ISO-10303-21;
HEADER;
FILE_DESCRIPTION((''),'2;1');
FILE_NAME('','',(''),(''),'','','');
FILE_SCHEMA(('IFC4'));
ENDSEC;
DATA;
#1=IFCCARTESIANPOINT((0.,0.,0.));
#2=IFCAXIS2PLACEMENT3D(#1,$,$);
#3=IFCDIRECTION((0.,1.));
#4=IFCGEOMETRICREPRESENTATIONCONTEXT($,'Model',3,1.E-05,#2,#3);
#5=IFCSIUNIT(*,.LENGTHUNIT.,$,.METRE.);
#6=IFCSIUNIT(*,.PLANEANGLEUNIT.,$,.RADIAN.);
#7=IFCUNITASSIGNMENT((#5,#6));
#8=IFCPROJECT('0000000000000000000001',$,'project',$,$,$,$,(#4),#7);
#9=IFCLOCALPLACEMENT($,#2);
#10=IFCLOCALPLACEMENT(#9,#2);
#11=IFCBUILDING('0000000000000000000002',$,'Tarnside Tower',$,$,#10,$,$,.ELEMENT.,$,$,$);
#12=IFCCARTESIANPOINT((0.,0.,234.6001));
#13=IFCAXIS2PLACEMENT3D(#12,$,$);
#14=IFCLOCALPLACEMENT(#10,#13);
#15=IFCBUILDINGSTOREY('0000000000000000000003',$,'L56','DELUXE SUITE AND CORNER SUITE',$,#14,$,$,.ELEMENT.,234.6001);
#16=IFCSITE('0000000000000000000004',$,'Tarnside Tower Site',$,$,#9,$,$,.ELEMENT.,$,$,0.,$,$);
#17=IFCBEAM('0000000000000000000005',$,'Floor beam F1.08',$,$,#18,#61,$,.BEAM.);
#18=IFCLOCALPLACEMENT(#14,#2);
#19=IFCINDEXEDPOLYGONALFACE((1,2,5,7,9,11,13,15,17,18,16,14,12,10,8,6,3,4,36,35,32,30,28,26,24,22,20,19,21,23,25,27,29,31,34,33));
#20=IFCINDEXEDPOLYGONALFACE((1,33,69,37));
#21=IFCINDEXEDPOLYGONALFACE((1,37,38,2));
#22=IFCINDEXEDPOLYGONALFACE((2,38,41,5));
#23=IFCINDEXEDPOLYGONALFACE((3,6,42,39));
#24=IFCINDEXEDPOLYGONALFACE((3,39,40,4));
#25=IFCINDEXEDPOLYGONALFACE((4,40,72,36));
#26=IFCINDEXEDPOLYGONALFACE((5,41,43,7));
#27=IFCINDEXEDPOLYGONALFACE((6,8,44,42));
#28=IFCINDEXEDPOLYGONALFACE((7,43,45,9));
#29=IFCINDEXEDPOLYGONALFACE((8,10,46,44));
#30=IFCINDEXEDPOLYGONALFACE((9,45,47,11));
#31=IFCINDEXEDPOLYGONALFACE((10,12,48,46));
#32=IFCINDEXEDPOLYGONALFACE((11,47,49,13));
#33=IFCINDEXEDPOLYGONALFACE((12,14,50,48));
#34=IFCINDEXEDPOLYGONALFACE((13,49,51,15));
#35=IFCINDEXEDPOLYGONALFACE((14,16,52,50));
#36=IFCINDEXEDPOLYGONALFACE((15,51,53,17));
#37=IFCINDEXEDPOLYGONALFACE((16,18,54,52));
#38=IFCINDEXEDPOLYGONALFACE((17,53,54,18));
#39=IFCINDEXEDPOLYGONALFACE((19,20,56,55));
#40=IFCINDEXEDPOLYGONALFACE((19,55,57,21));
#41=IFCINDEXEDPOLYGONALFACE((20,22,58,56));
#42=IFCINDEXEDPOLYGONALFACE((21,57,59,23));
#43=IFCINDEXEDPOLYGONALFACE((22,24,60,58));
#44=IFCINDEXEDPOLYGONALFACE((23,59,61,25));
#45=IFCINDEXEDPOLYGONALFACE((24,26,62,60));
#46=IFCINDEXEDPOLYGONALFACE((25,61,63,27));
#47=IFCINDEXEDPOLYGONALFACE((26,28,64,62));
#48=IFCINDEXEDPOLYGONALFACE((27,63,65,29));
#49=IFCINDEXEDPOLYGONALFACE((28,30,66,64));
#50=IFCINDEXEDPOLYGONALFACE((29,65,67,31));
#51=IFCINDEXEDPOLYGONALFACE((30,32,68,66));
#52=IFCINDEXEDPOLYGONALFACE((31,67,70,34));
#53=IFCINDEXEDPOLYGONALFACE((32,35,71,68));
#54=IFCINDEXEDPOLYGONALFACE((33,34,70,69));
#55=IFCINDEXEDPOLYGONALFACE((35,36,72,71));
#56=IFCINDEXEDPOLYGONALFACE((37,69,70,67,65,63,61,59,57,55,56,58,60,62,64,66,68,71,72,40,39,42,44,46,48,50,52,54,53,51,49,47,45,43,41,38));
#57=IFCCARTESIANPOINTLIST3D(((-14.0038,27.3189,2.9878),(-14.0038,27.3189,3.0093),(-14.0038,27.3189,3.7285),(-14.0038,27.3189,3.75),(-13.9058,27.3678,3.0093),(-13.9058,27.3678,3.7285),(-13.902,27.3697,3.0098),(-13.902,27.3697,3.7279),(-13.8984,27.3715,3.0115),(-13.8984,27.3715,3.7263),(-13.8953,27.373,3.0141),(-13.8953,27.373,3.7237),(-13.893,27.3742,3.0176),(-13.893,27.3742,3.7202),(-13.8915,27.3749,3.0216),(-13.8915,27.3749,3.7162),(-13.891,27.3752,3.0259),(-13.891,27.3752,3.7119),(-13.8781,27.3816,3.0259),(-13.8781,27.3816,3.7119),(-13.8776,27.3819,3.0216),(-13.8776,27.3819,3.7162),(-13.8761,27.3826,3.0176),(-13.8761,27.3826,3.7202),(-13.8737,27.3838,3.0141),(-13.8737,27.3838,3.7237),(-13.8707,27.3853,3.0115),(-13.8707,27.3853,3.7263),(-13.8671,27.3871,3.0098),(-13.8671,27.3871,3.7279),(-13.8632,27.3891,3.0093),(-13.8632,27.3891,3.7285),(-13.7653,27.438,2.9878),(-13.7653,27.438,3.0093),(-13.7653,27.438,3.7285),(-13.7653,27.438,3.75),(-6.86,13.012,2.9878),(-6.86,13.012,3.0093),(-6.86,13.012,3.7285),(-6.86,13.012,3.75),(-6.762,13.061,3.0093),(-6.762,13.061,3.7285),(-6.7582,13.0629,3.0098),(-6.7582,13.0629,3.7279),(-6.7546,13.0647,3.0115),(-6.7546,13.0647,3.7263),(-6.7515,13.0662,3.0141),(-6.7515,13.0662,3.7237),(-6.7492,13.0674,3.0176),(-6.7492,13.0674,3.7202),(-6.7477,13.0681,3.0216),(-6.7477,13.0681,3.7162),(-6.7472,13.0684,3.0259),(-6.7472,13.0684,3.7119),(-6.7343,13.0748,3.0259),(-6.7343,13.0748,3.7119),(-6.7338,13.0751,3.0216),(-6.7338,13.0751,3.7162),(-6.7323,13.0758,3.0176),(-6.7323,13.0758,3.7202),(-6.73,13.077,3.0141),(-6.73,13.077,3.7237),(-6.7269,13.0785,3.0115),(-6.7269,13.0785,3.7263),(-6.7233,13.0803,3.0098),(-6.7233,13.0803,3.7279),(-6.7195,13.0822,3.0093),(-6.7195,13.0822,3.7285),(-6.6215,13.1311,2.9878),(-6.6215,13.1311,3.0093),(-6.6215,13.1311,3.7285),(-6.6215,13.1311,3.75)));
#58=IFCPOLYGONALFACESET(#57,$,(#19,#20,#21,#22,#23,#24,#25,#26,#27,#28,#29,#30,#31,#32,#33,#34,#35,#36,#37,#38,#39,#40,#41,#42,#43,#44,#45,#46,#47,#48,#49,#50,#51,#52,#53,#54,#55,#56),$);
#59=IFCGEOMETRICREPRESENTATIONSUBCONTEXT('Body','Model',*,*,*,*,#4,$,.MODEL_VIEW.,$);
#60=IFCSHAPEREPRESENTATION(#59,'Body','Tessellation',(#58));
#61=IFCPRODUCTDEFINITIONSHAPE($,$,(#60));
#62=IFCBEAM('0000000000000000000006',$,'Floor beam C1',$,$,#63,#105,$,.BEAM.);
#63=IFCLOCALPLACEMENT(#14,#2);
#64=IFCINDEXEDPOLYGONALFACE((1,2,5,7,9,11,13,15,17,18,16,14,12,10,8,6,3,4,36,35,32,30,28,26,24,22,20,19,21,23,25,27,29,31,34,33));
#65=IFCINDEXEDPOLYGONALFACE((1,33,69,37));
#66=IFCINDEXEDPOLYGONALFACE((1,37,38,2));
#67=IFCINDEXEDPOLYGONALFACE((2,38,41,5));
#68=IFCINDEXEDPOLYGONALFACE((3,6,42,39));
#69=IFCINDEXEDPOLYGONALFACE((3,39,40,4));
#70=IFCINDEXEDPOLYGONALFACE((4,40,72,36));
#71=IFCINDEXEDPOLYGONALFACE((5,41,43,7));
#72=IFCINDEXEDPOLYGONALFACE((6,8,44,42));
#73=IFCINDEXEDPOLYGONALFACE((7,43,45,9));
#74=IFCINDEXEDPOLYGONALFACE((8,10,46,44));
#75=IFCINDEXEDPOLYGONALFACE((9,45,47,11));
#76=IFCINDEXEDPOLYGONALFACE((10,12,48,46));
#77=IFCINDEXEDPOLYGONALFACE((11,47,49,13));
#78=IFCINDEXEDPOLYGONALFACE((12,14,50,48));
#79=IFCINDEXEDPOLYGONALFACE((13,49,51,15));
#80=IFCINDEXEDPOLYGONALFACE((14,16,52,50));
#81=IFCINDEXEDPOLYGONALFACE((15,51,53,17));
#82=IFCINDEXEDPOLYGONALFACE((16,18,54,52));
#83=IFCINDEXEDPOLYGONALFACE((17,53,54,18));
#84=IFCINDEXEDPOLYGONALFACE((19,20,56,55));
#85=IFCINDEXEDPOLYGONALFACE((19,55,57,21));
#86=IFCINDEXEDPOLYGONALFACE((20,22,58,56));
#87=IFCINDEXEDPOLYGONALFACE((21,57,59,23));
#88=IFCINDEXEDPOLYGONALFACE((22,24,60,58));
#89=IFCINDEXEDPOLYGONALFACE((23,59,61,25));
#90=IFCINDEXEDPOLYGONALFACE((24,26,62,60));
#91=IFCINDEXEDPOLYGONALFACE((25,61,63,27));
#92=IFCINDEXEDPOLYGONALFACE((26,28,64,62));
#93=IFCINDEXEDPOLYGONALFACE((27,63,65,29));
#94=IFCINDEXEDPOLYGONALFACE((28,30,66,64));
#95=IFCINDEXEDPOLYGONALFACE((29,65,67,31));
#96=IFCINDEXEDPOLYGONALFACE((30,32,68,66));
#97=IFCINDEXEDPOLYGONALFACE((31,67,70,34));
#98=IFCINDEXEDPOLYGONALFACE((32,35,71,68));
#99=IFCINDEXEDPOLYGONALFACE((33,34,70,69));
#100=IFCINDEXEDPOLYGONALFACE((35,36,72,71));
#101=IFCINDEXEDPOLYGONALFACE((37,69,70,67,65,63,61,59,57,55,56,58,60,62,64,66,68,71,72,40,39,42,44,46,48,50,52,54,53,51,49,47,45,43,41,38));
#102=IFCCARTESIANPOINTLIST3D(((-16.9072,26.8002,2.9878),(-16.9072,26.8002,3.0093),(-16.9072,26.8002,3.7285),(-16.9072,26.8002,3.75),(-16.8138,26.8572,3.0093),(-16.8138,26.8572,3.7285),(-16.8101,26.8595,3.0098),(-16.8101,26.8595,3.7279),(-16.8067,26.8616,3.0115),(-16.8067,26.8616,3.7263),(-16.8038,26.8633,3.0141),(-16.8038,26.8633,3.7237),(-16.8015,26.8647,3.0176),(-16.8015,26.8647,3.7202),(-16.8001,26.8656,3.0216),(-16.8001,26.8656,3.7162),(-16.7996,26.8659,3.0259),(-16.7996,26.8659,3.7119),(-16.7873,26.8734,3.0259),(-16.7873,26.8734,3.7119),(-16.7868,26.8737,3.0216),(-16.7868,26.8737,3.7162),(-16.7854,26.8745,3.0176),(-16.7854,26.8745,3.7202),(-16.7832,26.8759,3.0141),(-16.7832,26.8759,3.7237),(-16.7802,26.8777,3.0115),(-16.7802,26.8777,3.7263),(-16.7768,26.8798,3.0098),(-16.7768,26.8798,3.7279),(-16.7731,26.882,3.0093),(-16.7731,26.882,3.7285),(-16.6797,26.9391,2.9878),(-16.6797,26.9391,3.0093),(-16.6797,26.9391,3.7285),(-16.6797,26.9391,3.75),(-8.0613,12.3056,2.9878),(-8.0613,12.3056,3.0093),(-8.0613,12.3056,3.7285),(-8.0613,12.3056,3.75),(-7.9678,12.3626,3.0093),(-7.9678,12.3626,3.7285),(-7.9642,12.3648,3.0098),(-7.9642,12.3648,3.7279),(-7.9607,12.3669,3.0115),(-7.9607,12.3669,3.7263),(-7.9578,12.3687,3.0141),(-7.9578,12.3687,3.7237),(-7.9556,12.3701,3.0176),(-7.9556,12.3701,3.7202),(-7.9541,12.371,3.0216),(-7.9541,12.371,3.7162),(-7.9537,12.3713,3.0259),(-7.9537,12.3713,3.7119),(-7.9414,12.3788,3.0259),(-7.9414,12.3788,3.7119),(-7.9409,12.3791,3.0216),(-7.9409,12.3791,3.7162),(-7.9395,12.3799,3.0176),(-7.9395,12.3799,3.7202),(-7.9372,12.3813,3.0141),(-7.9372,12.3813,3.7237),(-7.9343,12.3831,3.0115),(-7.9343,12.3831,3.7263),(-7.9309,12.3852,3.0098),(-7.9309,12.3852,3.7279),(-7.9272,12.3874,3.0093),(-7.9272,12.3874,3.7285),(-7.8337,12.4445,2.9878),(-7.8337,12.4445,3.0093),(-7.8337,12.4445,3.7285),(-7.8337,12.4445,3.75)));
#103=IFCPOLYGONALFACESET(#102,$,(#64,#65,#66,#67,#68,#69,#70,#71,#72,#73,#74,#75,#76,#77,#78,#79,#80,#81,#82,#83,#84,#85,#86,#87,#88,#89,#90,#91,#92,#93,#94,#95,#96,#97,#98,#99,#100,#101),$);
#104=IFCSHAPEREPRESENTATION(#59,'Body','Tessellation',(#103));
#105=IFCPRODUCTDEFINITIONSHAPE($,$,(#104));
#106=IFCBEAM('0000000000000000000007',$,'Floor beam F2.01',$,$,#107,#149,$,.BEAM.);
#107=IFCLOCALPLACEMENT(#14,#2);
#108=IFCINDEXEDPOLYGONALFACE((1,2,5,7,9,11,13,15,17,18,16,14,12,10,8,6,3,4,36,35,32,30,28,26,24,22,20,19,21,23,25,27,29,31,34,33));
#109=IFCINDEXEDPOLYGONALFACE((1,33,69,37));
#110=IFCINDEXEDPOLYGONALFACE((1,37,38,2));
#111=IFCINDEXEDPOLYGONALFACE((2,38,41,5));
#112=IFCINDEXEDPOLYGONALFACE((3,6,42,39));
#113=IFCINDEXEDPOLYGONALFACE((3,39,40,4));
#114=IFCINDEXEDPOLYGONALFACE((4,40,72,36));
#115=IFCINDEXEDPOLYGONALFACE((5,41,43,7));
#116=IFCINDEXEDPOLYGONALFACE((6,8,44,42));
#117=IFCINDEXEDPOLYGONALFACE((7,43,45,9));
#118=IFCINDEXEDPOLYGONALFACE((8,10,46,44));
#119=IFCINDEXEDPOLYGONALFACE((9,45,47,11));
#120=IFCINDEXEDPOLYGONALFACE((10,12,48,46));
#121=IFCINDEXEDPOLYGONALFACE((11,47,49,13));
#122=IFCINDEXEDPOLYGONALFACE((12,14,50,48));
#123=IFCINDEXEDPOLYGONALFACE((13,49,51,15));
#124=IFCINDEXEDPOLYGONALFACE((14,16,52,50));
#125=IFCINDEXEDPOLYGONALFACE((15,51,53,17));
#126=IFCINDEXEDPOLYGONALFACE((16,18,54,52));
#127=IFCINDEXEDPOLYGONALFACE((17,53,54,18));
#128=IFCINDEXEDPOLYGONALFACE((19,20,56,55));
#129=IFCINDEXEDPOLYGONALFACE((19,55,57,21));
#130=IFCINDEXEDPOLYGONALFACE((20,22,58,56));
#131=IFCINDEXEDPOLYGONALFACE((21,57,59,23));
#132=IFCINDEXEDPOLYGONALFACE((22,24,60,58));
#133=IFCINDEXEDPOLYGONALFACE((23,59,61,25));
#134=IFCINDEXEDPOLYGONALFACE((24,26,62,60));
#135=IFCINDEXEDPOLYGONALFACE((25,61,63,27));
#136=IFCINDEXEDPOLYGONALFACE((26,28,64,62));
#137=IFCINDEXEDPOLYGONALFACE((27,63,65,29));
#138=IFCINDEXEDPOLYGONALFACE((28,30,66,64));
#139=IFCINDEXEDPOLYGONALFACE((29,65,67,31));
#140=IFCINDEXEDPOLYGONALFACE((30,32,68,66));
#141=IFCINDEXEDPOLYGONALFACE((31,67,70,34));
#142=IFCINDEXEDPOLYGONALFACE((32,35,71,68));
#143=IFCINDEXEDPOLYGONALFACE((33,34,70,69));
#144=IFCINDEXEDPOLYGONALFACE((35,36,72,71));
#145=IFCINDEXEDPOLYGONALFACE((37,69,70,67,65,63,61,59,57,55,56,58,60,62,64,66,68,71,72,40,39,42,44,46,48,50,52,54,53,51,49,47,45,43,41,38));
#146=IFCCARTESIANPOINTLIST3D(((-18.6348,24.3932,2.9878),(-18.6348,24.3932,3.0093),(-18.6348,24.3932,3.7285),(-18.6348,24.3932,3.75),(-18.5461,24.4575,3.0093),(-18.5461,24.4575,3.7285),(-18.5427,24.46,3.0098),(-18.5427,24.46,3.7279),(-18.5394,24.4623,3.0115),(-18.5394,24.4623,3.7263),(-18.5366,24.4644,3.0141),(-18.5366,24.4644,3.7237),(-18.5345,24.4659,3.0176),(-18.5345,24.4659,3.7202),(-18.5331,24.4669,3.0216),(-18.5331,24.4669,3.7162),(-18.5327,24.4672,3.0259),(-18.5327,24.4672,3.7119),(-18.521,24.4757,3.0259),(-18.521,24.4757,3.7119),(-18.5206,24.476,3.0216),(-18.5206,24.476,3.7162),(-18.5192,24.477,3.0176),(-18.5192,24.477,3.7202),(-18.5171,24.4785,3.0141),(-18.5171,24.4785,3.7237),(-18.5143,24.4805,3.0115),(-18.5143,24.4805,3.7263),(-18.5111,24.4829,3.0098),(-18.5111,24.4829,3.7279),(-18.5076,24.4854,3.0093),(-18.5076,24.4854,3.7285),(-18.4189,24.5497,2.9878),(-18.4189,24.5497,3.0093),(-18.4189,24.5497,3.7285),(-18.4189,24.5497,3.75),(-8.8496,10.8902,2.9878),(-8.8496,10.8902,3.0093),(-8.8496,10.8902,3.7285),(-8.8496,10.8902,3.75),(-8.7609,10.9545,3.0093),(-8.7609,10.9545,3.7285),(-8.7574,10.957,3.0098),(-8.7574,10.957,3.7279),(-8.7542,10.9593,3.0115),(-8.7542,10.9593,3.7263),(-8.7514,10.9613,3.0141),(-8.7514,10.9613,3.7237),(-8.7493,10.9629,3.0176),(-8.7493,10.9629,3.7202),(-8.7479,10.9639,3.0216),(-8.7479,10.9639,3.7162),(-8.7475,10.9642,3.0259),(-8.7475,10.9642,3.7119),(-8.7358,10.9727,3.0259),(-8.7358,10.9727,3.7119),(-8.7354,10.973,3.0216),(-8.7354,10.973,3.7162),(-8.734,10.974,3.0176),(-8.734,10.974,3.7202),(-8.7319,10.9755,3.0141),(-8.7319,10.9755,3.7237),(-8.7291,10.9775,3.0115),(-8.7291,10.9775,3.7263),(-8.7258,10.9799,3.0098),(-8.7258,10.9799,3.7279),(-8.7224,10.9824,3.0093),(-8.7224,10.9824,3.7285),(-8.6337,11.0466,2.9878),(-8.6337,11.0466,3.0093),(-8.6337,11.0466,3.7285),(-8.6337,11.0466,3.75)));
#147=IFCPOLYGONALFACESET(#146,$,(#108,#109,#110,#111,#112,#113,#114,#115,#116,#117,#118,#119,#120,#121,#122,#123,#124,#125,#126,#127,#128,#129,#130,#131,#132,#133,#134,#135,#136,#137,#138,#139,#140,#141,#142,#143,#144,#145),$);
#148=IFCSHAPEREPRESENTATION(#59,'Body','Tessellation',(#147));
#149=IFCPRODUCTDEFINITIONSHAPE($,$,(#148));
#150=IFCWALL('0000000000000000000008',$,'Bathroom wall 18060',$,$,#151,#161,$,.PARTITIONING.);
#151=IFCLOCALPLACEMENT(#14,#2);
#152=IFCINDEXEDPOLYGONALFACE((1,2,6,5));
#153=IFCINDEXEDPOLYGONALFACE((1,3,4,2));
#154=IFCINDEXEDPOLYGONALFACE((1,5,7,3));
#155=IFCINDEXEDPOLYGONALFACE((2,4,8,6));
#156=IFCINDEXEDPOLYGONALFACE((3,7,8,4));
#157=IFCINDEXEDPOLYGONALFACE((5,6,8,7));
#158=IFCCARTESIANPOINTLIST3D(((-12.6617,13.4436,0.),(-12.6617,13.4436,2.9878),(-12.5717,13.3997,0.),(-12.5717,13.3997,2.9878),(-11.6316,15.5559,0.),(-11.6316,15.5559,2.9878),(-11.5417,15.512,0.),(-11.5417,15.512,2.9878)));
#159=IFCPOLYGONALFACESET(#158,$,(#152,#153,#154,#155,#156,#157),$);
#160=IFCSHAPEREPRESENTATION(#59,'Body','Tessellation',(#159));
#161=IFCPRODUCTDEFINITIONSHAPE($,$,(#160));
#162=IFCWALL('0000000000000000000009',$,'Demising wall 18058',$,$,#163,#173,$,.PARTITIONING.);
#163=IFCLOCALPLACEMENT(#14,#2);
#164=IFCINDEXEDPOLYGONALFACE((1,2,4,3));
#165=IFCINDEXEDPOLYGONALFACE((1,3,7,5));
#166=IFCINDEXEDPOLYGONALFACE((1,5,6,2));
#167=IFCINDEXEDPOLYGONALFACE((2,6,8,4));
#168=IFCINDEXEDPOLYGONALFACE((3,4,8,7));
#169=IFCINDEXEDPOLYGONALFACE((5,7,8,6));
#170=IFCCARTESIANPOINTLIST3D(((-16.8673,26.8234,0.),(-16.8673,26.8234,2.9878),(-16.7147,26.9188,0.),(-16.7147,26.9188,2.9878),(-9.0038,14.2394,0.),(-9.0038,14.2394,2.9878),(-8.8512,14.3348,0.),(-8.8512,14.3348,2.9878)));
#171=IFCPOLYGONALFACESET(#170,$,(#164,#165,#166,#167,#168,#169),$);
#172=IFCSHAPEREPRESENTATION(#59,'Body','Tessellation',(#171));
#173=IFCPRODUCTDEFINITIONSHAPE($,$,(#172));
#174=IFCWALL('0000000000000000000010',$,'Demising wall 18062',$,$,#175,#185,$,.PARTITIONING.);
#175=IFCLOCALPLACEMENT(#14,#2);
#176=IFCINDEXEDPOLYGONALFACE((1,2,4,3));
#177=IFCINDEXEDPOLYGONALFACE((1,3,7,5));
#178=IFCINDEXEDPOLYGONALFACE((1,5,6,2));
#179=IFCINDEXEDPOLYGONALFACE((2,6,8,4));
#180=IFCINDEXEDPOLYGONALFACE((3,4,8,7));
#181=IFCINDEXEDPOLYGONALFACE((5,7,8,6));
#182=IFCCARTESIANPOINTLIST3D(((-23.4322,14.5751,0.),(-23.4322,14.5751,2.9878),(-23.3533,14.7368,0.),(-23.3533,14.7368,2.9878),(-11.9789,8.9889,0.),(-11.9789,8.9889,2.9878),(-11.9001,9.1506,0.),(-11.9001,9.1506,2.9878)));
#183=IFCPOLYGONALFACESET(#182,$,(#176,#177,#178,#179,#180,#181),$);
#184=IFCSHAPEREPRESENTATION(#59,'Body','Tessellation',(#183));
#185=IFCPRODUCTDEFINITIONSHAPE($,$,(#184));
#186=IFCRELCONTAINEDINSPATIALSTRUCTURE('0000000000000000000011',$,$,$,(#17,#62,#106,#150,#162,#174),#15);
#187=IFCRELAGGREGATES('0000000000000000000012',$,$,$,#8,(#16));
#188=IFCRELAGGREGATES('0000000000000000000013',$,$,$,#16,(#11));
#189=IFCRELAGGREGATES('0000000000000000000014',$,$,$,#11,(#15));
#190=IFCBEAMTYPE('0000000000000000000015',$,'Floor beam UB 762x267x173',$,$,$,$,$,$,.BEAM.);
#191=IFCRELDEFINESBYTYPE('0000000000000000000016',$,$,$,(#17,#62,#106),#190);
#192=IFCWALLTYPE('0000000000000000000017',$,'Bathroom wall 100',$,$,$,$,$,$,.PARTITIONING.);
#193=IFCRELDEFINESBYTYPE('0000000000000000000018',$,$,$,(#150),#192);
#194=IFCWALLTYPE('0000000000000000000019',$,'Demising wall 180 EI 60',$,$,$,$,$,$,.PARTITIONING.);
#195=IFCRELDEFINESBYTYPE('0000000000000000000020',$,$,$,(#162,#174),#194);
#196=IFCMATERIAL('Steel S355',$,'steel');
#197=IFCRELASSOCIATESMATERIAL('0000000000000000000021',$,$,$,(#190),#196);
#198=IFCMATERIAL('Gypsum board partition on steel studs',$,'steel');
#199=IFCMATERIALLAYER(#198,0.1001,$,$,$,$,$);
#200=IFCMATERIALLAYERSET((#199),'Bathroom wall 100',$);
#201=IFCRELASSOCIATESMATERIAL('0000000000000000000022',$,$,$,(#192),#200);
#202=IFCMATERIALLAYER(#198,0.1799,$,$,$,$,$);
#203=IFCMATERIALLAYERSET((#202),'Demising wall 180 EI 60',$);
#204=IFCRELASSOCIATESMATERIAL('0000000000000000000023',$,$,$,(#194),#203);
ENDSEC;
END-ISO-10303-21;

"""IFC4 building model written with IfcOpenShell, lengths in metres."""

from ifc_helpers import new_model, si_unit, direction, frame, frame_2d, origin, origin_2d, place, context, subcontext, project, spatial, rectangle, i_section, extrude, material, layer, layer_set, material_profile, profile_set, type_object, element, save


model = new_model("IFC4")

# Units and contexts
model_context = context("Model", 3, precision=1e-05, world=origin(), true_north=direction((0.0, 1.0)))
body_context = subcontext(model_context, "Body", "Model", "MODEL_VIEW")
ifc_project = project(units=[si_unit("LENGTHUNIT", "METRE"), si_unit("PLANEANGLEUNIT", "RADIAN")], contexts=[model_context])

# Site, building, storey
site_placement = place(None, origin())
site = spatial("IfcSite", under=ifc_project, at=site_placement, Name="Tarnside Tower Site", CompositionType="ELEMENT", RefElevation=0.0)
building_placement = place(site_placement, origin())
building = spatial("IfcBuilding", under=site, at=building_placement, Name="Tarnside Tower", CompositionType="ELEMENT")
storey_placement = place(building_placement, frame((0.0, 0.0, 234.6001)))
storey = spatial("IfcBuildingStorey", under=building, at=storey_placement, Name="L56", Description="DELUXE SUITE AND CORNER SUITE", CompositionType="ELEMENT", Elevation=234.6001)

# Beams
ifc_material_1 = material(Name="Steel S355", Category="steel")
ifc_material_profile_1 = material_profile(ifc_material_1, i_section(OverallWidth=0.2666, OverallDepth=0.7622, WebThickness=0.0144, FlangeThickness=0.0215, FilletRadius=0.0166, at=origin_2d()), Name="UB 762x267x173")
ifc_profile_set_1 = profile_set([ifc_material_profile_1], Name="Steel S355")
beam_type_1 = type_object("IfcBeamType", Name="Floor beam UB 762x267x173", PredefinedType="BEAM", material=ifc_profile_set_1)
beam_1_placement = place(storey_placement, frame((-13.8845, 27.3784, 3.3689), z_axis=(0.446731, -0.894668, 0.0), x_axis=(0.894668, 0.446731, 0.0)))
element("IfcBeam", 1, at=beam_1_placement, inside=storey, type_object=beam_type_1, Name="Floor beam F1.08", PredefinedType="BEAM", context=body_context, shape_type="SweptSolid", body=[
    extrude(i_section(OverallWidth=0.2666, OverallDepth=0.7622, WebThickness=0.0144, FlangeThickness=0.0215, FilletRadius=0.0166, at=origin_2d()), origin(), (0.0, 0.0, 1.0), 15.9912),
])
beam_2_placement = place(storey_placement, frame((-16.7935, 26.8696, 3.3689), z_axis=(0.52094, -0.853593, 0.0), x_axis=(0.853593, 0.52094, 0.0)))
element("IfcBeam", 2, at=beam_2_placement, inside=storey, type_object=beam_type_1, Name="Floor beam C1", PredefinedType="BEAM", context=body_context, shape_type="SweptSolid", body=[
    extrude(i_section(OverallWidth=0.2666, OverallDepth=0.7622, WebThickness=0.0144, FlangeThickness=0.0215, FilletRadius=0.0166, at=origin_2d()), origin(), (0.0, 0.0, 1.0), 16.9807),
])
beam_3_placement = place(storey_placement, frame((-18.5269, 24.4714, 3.3689), z_axis=(0.586792, -0.809738, 0.0), x_axis=(0.809738, 0.586792, 0.0)))
element("IfcBeam", 3, at=beam_3_placement, inside=storey, type_object=beam_type_1, Name="Floor beam F2.01", PredefinedType="BEAM", context=body_context, shape_type="SweptSolid", body=[
    extrude(i_section(OverallWidth=0.2666, OverallDepth=0.7622, WebThickness=0.0144, FlangeThickness=0.0215, FilletRadius=0.0166, at=origin_2d()), origin(), (0.0, 0.0, 1.0), 16.6758),
])

# Walls
ifc_material_2 = material(Name="Gypsum board partition on steel studs", Category="steel")
ifc_layer_1 = layer(ifc_material_2, 0.1001)
ifc_layer_set_1 = layer_set([ifc_layer_1], Name="Bathroom wall 100")
wall_type_1 = type_object("IfcWallType", Name="Bathroom wall 100", PredefinedType="PARTITIONING", material=ifc_layer_set_1)
wall_1_placement = place(storey_placement, frame((-12.6167, 13.4216, 0.0), z_axis=(0.0, 0.0, 1.0), x_axis=(0.438299, 0.898829, 0.0)))
element("IfcWall", 4, at=wall_1_placement, inside=storey, type_object=wall_type_1, Name="Bathroom wall 18060", PredefinedType="PARTITIONING", context=body_context, shape_type="SweptSolid", body=[
    extrude(rectangle(XDim=2.3501, YDim=0.1001, at=frame_2d((1.175, 0.0))), origin(), (0.0, 0.0, 1.0), 2.9878),
])
ifc_layer_2 = layer(ifc_material_2, 0.1799)
ifc_layer_set_2 = layer_set([ifc_layer_2], Name="Demising wall 180 EI 60")
wall_type_2 = type_object("IfcWallType", Name="Demising wall 180 EI 60", PredefinedType="PARTITIONING", material=ifc_layer_set_2)
wall_2_placement = place(storey_placement, frame((-16.791, 26.8711, 0.0), z_axis=(0.0, 0.0, 1.0), x_axis=(0.529928, -0.848043, 0.0)))
element("IfcWall", 5, at=wall_2_placement, inside=storey, type_object=wall_type_2, Name="Demising wall 18058", PredefinedType="PARTITIONING", context=body_context, shape_type="SweptSolid", body=[
    extrude(rectangle(XDim=14.8389, YDim=0.1799, at=frame_2d((7.4194, 0.0))), origin(), (0.0, 0.0, 1.0), 2.9878),
])
wall_3_placement = place(storey_placement, frame((-23.3928, 14.656, 0.0), z_axis=(0.0, 0.0, 1.0), x_axis=(0.89879, -0.438379, 0.0)))
element("IfcWall", 6, at=wall_3_placement, inside=storey, type_object=wall_type_2, Name="Demising wall 18062", PredefinedType="PARTITIONING", context=body_context, shape_type="SweptSolid", body=[
    extrude(rectangle(XDim=12.7429, YDim=0.1799, at=frame_2d((6.3716, 0.0))), origin(), (0.0, 0.0, 1.0), 2.9878),
])

save(model, "model.ifc")
